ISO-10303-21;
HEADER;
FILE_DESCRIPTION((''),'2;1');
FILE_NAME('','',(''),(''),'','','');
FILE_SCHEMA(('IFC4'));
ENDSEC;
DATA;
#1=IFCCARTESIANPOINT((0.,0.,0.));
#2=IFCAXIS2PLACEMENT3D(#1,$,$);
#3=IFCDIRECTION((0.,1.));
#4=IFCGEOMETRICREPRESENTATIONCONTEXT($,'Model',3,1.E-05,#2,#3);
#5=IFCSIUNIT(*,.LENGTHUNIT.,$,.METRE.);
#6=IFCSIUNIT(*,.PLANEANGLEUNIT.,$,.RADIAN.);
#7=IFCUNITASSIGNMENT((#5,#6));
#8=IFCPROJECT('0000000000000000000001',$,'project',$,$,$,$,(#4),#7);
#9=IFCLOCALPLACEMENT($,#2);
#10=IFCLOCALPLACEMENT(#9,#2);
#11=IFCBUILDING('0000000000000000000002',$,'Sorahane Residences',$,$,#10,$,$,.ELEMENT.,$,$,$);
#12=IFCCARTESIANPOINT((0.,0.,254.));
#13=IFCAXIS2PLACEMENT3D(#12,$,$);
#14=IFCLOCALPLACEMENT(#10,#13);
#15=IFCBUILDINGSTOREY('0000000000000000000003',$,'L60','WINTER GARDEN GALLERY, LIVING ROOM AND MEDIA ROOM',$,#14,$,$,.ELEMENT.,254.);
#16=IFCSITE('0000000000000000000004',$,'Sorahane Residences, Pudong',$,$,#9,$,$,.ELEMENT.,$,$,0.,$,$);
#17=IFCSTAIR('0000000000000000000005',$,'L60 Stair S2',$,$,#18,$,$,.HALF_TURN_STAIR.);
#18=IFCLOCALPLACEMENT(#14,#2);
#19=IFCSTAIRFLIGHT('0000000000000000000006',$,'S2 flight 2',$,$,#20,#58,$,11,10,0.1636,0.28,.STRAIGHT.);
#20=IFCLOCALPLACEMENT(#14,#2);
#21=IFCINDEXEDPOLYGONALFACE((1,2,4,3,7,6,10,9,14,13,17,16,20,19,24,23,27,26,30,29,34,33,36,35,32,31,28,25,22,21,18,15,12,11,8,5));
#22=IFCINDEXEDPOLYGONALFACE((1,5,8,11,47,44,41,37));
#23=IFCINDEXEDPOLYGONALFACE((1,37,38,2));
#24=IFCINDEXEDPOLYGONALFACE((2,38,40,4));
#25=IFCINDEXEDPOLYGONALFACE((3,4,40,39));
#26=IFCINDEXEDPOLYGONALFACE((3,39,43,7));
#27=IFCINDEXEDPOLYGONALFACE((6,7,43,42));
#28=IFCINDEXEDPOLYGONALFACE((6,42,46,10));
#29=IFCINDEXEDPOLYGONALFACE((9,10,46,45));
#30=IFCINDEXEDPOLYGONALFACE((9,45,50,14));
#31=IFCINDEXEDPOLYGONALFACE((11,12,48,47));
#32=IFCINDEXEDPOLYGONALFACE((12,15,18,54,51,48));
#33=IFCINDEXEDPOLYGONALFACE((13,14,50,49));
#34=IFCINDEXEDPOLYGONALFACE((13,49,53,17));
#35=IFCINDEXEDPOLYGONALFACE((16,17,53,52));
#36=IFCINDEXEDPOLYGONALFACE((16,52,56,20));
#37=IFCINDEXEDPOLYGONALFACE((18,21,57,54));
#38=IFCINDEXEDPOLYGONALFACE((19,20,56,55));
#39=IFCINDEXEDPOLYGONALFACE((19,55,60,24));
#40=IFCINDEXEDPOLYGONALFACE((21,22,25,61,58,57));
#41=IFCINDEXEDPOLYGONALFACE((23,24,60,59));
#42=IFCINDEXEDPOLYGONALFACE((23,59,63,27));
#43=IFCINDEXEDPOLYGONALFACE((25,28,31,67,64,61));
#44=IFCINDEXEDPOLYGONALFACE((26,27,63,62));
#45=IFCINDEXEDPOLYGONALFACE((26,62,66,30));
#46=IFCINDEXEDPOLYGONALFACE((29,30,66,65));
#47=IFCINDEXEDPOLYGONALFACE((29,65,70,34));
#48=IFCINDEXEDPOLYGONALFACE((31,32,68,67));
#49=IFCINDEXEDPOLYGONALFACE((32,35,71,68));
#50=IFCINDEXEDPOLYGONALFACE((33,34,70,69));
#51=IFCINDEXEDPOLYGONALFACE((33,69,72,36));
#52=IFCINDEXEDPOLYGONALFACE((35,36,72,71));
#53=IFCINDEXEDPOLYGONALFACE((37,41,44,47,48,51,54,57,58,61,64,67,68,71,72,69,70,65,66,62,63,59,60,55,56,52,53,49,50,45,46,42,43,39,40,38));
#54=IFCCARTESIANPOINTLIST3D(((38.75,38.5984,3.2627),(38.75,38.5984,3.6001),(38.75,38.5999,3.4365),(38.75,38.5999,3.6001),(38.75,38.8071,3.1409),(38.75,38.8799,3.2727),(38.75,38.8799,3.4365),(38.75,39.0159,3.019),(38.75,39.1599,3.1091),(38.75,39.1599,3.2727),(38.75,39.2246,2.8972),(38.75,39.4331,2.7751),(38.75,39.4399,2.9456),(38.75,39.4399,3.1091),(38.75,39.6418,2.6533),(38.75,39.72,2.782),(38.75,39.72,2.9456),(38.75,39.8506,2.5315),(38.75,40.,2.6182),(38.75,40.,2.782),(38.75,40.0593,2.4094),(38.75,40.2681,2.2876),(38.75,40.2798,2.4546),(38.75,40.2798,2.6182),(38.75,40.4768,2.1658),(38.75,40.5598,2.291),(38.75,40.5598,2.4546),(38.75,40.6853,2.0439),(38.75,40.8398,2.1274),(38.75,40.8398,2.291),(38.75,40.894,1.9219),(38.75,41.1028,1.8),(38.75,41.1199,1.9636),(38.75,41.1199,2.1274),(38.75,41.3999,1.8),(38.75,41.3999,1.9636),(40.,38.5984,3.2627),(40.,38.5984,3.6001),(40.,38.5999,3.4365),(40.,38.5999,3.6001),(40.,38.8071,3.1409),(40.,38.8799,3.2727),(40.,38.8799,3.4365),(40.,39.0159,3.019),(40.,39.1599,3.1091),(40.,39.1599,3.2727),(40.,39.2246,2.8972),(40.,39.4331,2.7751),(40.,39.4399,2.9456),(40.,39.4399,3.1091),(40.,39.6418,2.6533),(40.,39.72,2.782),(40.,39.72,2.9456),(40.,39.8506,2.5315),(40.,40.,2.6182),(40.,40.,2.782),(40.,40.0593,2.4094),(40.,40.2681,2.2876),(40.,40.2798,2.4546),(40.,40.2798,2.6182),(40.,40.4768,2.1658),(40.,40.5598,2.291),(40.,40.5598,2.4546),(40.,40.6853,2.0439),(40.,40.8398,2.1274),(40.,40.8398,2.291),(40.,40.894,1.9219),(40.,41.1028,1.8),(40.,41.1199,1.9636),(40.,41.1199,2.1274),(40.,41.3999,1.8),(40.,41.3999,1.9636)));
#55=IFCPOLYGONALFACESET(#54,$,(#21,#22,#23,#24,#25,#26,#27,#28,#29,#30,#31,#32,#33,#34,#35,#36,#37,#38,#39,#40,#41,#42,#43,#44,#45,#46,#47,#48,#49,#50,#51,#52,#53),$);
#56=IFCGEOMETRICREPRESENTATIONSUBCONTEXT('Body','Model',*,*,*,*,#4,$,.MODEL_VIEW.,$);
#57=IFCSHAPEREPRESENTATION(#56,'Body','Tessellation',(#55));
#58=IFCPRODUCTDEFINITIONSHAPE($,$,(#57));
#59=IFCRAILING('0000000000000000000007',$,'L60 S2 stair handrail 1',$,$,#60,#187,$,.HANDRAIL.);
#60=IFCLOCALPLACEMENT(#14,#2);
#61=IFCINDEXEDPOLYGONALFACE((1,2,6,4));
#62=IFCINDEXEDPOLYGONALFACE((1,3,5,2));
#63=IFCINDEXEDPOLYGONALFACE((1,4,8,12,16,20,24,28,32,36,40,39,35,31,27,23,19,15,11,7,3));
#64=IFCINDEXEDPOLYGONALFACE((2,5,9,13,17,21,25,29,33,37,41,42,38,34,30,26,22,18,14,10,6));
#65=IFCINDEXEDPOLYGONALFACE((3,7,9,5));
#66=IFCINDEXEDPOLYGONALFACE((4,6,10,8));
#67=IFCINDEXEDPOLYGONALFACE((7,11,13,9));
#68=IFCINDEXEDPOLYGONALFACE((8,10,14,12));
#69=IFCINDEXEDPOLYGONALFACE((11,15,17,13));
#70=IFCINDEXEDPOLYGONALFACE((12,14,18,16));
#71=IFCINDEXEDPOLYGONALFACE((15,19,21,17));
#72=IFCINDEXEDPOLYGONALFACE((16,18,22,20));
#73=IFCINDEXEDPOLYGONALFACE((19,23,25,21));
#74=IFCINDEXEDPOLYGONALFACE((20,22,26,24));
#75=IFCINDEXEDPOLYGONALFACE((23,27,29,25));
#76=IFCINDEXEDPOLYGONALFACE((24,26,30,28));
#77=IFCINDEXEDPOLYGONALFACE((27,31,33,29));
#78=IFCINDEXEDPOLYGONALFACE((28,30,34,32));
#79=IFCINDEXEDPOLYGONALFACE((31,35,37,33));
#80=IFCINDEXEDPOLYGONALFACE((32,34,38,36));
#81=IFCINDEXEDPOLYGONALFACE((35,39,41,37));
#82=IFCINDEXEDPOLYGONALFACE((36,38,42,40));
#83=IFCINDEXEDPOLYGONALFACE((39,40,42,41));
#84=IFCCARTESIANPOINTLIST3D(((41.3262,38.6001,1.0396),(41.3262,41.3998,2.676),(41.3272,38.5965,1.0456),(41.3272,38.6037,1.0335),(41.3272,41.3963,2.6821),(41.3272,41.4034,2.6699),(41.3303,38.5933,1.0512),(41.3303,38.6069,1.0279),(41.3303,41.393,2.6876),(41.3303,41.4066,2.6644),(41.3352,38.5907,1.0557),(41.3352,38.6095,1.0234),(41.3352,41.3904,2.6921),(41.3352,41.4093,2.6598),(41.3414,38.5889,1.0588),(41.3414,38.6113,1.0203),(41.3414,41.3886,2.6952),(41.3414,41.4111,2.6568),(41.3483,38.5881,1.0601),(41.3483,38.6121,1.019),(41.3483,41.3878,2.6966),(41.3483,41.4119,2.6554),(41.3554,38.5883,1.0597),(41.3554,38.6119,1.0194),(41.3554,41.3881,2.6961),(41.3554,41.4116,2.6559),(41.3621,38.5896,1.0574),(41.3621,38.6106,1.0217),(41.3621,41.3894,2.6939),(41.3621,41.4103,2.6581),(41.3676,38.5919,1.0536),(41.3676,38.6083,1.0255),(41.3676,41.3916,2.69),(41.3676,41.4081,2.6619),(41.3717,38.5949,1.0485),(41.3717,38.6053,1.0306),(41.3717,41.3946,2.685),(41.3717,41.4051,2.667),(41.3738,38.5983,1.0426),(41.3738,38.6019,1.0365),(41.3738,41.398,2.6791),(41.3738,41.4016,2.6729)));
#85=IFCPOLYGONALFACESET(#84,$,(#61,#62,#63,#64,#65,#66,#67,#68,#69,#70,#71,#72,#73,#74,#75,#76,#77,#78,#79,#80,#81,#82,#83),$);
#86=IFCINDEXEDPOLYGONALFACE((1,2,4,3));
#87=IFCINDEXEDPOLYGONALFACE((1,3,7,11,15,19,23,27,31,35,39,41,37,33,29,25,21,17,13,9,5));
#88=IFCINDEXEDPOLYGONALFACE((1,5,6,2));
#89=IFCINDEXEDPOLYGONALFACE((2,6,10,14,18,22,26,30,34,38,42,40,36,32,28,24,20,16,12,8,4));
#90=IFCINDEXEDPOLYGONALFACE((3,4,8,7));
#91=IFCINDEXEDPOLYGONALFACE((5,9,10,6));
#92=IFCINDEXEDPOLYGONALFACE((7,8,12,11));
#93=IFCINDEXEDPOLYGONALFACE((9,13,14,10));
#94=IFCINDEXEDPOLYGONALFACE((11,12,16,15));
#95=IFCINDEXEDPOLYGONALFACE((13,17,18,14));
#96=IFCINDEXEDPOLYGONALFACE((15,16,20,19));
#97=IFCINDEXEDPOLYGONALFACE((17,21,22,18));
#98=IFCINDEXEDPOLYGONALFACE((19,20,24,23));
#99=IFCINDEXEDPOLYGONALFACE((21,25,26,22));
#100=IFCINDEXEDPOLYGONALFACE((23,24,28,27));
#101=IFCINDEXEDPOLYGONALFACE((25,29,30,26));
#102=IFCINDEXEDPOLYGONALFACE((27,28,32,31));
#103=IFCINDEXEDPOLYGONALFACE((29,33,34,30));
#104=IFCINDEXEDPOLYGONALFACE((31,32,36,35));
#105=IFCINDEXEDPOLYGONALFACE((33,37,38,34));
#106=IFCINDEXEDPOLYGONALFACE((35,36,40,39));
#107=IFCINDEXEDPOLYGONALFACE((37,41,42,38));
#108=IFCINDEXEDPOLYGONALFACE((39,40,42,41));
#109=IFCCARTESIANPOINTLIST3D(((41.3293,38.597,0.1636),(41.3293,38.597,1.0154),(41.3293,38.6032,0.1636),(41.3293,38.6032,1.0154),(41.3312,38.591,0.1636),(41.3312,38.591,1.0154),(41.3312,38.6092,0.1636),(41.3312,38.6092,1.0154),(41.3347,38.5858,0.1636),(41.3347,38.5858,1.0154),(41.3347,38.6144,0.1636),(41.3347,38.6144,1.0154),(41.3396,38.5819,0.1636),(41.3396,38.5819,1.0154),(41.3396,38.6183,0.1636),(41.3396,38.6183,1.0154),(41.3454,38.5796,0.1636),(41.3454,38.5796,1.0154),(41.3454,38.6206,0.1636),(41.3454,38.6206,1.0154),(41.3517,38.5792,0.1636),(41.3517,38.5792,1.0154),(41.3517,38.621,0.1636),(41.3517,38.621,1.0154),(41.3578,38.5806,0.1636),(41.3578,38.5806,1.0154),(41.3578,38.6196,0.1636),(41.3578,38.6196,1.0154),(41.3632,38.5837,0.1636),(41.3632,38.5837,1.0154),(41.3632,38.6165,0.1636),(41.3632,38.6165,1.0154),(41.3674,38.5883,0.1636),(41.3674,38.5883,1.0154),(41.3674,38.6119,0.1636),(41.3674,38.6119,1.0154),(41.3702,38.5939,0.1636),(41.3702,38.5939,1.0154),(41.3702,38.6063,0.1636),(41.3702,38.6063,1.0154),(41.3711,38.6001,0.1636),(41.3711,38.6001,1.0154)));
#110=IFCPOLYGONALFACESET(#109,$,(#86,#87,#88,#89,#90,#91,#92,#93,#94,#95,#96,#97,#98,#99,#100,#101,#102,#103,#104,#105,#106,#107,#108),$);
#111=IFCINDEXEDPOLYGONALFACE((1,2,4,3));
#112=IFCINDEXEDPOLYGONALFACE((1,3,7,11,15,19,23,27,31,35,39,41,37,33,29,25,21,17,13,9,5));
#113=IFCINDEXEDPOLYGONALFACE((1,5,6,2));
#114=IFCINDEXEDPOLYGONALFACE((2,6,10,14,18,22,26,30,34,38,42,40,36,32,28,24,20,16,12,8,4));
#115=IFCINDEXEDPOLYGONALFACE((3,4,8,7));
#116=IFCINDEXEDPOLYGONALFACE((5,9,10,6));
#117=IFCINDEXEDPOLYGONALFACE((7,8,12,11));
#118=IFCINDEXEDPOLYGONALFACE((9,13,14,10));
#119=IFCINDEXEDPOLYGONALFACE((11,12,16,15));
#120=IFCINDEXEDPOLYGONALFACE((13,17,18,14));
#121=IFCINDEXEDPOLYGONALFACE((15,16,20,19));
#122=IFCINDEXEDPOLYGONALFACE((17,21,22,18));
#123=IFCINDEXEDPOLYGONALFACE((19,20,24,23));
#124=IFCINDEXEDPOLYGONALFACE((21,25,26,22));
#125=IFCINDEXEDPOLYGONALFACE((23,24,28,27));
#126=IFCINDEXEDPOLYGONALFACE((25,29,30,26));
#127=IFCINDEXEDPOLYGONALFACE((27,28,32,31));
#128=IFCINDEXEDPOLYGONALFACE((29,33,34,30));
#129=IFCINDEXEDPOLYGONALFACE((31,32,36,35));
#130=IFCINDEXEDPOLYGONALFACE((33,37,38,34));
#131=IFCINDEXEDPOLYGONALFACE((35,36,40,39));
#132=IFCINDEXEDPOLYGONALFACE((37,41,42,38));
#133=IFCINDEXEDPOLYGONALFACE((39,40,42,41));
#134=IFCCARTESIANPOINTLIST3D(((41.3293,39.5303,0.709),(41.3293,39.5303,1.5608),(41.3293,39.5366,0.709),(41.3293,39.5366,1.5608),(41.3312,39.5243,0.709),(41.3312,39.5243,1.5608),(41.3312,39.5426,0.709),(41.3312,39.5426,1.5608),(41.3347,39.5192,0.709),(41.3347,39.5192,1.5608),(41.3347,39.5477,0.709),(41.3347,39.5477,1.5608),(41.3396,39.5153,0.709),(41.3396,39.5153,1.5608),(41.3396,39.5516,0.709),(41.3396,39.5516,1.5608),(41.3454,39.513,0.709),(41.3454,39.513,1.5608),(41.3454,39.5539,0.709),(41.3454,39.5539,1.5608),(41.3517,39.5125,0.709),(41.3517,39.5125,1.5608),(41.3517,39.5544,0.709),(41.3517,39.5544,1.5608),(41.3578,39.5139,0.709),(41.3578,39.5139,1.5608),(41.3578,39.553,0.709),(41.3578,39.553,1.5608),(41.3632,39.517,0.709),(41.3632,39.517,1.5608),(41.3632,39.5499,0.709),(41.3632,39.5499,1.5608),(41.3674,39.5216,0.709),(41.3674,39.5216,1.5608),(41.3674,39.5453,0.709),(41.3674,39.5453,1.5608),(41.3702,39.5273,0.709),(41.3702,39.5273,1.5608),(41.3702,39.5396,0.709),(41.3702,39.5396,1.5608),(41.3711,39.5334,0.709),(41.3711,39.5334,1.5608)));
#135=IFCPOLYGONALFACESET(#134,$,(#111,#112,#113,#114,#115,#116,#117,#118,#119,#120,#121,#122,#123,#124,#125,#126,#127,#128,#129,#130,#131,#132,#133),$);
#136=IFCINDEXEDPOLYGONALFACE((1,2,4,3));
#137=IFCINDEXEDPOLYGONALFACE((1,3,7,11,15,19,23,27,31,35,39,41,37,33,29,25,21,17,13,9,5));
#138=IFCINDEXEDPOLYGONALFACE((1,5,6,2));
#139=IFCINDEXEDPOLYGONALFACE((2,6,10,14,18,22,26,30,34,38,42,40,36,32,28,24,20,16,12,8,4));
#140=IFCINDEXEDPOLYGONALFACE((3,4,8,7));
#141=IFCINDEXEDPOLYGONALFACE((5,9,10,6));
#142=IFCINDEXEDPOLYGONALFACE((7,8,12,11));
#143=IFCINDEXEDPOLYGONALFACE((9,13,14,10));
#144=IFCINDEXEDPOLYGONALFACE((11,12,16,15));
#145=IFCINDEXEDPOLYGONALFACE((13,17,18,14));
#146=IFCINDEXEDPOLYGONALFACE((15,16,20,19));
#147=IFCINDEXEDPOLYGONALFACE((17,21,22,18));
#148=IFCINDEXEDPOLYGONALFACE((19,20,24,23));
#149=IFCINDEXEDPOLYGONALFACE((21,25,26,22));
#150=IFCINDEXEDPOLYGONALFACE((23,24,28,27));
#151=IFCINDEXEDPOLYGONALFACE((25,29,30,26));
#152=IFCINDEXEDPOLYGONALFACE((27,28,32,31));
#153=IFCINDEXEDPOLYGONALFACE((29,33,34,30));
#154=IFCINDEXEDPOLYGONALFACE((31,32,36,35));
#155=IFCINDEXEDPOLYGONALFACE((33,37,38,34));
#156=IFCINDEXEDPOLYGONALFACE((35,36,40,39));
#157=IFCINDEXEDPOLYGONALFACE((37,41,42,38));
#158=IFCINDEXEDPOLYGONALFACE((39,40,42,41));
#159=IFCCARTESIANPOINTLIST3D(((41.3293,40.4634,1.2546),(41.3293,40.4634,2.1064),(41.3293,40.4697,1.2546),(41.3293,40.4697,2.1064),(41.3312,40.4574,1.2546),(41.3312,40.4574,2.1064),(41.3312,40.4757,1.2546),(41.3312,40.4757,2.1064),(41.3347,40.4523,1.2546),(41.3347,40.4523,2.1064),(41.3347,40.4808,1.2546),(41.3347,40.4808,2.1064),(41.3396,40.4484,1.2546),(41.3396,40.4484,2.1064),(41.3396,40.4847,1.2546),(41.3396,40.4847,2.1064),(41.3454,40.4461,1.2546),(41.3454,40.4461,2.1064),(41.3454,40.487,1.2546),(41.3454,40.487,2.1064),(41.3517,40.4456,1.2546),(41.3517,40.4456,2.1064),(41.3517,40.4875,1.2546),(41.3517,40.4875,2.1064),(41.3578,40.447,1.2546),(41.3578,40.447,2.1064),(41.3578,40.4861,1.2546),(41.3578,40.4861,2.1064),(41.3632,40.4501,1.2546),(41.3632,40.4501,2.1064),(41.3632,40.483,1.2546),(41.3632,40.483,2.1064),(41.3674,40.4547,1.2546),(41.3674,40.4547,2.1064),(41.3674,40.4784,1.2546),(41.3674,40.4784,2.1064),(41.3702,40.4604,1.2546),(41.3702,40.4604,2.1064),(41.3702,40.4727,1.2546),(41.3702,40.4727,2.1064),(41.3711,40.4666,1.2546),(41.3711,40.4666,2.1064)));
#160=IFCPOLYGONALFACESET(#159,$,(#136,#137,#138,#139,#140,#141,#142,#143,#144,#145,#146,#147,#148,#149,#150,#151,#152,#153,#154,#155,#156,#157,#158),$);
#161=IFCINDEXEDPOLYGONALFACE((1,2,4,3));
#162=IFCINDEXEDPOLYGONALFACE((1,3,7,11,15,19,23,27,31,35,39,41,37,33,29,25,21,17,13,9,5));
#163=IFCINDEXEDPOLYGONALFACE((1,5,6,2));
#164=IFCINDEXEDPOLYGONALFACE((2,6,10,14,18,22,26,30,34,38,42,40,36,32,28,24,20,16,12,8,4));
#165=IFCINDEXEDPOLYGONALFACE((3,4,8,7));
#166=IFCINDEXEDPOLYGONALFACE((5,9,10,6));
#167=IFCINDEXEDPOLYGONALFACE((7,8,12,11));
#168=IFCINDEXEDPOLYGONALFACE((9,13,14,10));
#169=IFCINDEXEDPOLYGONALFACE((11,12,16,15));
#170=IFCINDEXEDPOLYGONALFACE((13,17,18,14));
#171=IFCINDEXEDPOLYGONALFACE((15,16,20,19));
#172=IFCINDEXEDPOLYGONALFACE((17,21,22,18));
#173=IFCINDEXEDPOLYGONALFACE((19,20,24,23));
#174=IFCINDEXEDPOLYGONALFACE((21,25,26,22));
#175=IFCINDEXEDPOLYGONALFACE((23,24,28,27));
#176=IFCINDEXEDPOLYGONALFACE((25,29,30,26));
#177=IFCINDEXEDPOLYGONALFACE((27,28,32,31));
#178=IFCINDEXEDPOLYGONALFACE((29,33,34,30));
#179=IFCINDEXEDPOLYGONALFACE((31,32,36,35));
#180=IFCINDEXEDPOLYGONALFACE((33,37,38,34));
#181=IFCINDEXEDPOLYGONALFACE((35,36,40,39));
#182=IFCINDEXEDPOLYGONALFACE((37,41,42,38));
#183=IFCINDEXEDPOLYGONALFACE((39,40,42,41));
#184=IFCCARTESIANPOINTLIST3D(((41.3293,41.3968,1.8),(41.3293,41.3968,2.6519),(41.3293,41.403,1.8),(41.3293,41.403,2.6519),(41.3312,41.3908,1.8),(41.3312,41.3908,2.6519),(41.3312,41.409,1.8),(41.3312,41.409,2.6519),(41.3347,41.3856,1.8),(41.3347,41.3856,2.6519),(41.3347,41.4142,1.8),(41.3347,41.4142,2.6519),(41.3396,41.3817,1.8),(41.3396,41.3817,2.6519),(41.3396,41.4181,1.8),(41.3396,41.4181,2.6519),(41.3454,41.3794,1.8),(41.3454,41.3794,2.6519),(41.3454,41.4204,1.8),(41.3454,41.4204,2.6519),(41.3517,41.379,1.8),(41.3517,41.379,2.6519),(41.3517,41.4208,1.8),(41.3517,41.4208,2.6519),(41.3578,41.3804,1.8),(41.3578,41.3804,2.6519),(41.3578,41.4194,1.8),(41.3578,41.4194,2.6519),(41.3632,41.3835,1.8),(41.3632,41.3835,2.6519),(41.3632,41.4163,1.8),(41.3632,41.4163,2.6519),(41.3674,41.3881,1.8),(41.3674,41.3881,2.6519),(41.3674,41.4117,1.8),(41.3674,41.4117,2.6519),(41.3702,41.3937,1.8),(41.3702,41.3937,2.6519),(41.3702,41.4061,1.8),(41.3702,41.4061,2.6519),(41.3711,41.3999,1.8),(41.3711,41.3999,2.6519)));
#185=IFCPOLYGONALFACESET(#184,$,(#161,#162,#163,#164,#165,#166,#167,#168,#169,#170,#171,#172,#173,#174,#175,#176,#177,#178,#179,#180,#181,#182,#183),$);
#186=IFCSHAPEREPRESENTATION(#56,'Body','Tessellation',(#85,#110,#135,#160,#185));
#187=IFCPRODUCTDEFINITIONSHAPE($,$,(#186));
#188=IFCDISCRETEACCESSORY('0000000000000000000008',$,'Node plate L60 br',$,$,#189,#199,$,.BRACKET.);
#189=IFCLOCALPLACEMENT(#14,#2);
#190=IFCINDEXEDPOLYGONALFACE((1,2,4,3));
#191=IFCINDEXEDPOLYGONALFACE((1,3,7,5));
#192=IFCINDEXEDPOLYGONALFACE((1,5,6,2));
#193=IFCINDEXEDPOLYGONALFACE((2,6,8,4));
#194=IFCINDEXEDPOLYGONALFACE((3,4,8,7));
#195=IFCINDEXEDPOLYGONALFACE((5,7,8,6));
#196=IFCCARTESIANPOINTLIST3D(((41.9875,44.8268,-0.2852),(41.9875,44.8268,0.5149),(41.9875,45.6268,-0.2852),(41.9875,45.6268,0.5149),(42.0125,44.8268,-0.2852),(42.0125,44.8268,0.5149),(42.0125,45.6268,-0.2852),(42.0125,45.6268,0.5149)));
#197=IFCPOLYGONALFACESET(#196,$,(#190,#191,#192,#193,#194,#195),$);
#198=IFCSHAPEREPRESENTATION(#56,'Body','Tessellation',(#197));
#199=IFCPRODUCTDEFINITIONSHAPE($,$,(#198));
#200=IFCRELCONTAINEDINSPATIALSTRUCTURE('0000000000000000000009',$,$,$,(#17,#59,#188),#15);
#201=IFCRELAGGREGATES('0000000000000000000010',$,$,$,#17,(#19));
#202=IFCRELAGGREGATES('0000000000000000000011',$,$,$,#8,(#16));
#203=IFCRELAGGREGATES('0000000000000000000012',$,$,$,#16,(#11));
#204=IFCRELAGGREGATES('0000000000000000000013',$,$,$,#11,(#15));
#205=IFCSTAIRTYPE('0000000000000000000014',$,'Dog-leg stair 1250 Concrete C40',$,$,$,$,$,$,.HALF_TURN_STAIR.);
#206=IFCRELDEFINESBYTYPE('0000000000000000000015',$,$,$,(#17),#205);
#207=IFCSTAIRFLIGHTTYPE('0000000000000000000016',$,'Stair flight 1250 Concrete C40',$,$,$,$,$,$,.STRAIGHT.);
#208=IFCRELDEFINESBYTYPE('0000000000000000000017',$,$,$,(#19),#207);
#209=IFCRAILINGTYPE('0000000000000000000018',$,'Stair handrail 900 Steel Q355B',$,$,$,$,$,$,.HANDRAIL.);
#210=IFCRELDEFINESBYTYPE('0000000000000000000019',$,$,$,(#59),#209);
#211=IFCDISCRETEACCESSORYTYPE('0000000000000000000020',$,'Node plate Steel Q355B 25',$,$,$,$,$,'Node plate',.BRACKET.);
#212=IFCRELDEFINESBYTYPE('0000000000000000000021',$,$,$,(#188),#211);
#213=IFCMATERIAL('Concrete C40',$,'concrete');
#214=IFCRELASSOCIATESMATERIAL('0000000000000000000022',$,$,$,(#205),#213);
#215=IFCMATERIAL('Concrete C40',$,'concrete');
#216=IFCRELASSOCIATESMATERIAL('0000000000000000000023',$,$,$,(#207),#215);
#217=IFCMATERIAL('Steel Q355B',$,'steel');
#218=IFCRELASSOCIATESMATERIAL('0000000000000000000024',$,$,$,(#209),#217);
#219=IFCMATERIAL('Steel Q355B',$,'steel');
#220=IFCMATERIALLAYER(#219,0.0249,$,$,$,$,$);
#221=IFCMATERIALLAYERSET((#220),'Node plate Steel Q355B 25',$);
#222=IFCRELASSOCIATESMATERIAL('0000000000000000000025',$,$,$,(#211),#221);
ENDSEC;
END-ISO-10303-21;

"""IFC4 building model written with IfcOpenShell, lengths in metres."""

from ifc_helpers import new_model, si_unit, direction, frame, origin, origin_2d, place, context, subcontext, project, spatial, polyline, rectangle, circle, outline, extrude, material, layer, layer_set, type_object, element, aggregate, save


model = new_model("IFC4")

# Units and contexts
model_context = context("Model", 3, precision=1e-05, world=origin(), true_north=direction((0.0, 1.0)))
body_context = subcontext(model_context, "Body", "Model", "MODEL_VIEW")
ifc_project = project(units=[si_unit("LENGTHUNIT", "METRE"), si_unit("PLANEANGLEUNIT", "RADIAN")], contexts=[model_context])

# Site, building, storey
site_placement = place(None, origin())
site = spatial("IfcSite", under=ifc_project, at=site_placement, Name="Sorahane Residences, Pudong", CompositionType="ELEMENT", RefElevation=0.0)
building_placement = place(site_placement, origin())
building = spatial("IfcBuilding", under=site, at=building_placement, Name="Sorahane Residences", CompositionType="ELEMENT")
storey_placement = place(building_placement, frame((0.0, 0.0, 254.0)))
storey = spatial("IfcBuildingStorey", under=building, at=storey_placement, Name="L60", Description="WINTER GARDEN GALLERY, LIVING ROOM AND MEDIA ROOM", CompositionType="ELEMENT", Elevation=254.0)

# Stair, stair flight
ifc_material_1 = material(Name="Concrete C40", Category="concrete")
stair_type = type_object("IfcStairType", Name="Dog-leg stair 1250 Concrete C40", PredefinedType="HALF_TURN_STAIR", material=ifc_material_1)
stair_placement = place(storey_placement, origin())
stair = element("IfcStair", 1, at=stair_placement, inside=storey, type_object=stair_type, Name="L60 Stair S2", PredefinedType="HALF_TURN_STAIR")
ifc_material_2 = material(Name="Concrete C40", Category="concrete")
stair_flight_type = type_object("IfcStairFlightType", Name="Stair flight 1250 Concrete C40", PredefinedType="STRAIGHT", material=ifc_material_2)
stair_flight_placement = place(storey_placement, frame((39.375, 41.3999, 1.8), z_axis=(0.0, 0.0, 1.0), x_axis=(0.0, -1.0, 0.0)))
stair_flight = element("IfcStairFlight", 2, at=stair_flight_placement, type_object=stair_flight_type, Name="S2 flight 2", NumberOfRisers=11, NumberOfTreads=10, PredefinedType="STRAIGHT", RiserHeight=0.1636, TreadLength=0.28, context=body_context, shape_type="SweptSolid", body=[
    extrude(outline(polyline([(0.0, 0.0), (0.0, 0.1636), (0.28, 0.1636), (0.28, 0.3274), (0.5601, 0.3274), (0.5601, 0.491), (0.8401, 0.491), (0.8401, 0.6545), (1.1201, 0.6545), (1.1201, 0.8181), (1.3999, 0.8181), (1.3999, 0.9819), (1.6799, 0.9819), (1.6799, 1.1455), (1.96, 1.1455), (1.96, 1.3091), (2.24, 1.3091), (2.24, 1.4727), (2.52, 1.4727), (2.52, 1.6365), (2.8, 1.6365), (2.8, 1.8), (2.8015, 1.8), (2.8015, 1.4626), (2.5928, 1.3408), (2.384, 1.219), (2.1753, 1.0972), (1.9668, 0.9751), (1.7581, 0.8533), (1.5493, 0.7314), (1.3406, 0.6094), (1.1318, 0.4875), (0.9231, 0.3657), (0.7146, 0.2439), (0.5059, 0.1218), (0.2971, 0.0), (0.0, 0.0)])), frame((0.0, 0.625, 0.0), z_axis=(0.0, -1.0, 0.0), x_axis=(1.0, 0.0, 0.0)), (0.0, 0.0, 1.0), 1.25),
])
aggregate(stair, [stair_flight])

# Railing
ifc_material_3 = material(Name="Steel Q355B", Category="steel")
railing_type = type_object("IfcRailingType", Name="Stair handrail 900 Steel Q355B", PredefinedType="HANDRAIL", material=ifc_material_3)
railing_placement = place(storey_placement, frame((41.3501, 38.6001, 0.1636)))
element("IfcRailing", 3, at=railing_placement, inside=storey, type_object=railing_type, Name="L60 S2 stair handrail 1", PredefinedType="HANDRAIL", context=body_context, shape_type="SweptSolid", body=[
    extrude(circle(Radius=0.0239, at=origin_2d()), frame((0.0, 0.0, 0.876), z_axis=(0.0, 0.863342, 0.50462), x_axis=(-1.0, 0.0, 0.0)), (0.0, 0.0, 1.0), 3.2429),
    extrude(circle(Radius=0.021, at=origin_2d()), origin(), (0.0, 0.0, 1.0), 0.8518),
    extrude(circle(Radius=0.021, at=origin_2d()), frame((0.0, 0.9333, 0.5454)), (0.0, 0.0, 1.0), 0.8518),
    extrude(circle(Radius=0.021, at=origin_2d()), frame((0.0, 1.8665, 1.0911)), (0.0, 0.0, 1.0), 0.8518),
    extrude(circle(Radius=0.021, at=origin_2d()), frame((0.0, 2.7998, 1.6365)), (0.0, 0.0, 1.0), 0.8518),
])

# Discrete accessory
ifc_material_4 = material(Name="Steel Q355B", Category="steel")
ifc_layer_1 = layer(ifc_material_4, 0.0249)
ifc_layer_set_1 = layer_set([ifc_layer_1], Name="Node plate Steel Q355B 25")
discrete_accessory_type = type_object("IfcDiscreteAccessoryType", Name="Node plate Steel Q355B 25", ElementType="Node plate", PredefinedType="BRACKET", material=ifc_layer_set_1)
for number, where, z_axis, x_axis, name in (
    (4, (42.0, 45.2268, -0.2852), (0.0, 0.0, 1.0), (0.0, 1.0, 0.0), "Node plate L60 br"),
):
    element("IfcDiscreteAccessory", number, at=place(storey_placement, frame(where, z_axis=z_axis, x_axis=x_axis)), inside=storey, type_object=discrete_accessory_type, Name=name, PredefinedType="BRACKET", context=body_context, shape_type="SweptSolid", body=[
        extrude(rectangle(XDim=0.8, YDim=0.0249, at=origin_2d()), origin(), (0.0, 0.0, 1.0), 0.8),
    ])

save(model, "model.ifc")
